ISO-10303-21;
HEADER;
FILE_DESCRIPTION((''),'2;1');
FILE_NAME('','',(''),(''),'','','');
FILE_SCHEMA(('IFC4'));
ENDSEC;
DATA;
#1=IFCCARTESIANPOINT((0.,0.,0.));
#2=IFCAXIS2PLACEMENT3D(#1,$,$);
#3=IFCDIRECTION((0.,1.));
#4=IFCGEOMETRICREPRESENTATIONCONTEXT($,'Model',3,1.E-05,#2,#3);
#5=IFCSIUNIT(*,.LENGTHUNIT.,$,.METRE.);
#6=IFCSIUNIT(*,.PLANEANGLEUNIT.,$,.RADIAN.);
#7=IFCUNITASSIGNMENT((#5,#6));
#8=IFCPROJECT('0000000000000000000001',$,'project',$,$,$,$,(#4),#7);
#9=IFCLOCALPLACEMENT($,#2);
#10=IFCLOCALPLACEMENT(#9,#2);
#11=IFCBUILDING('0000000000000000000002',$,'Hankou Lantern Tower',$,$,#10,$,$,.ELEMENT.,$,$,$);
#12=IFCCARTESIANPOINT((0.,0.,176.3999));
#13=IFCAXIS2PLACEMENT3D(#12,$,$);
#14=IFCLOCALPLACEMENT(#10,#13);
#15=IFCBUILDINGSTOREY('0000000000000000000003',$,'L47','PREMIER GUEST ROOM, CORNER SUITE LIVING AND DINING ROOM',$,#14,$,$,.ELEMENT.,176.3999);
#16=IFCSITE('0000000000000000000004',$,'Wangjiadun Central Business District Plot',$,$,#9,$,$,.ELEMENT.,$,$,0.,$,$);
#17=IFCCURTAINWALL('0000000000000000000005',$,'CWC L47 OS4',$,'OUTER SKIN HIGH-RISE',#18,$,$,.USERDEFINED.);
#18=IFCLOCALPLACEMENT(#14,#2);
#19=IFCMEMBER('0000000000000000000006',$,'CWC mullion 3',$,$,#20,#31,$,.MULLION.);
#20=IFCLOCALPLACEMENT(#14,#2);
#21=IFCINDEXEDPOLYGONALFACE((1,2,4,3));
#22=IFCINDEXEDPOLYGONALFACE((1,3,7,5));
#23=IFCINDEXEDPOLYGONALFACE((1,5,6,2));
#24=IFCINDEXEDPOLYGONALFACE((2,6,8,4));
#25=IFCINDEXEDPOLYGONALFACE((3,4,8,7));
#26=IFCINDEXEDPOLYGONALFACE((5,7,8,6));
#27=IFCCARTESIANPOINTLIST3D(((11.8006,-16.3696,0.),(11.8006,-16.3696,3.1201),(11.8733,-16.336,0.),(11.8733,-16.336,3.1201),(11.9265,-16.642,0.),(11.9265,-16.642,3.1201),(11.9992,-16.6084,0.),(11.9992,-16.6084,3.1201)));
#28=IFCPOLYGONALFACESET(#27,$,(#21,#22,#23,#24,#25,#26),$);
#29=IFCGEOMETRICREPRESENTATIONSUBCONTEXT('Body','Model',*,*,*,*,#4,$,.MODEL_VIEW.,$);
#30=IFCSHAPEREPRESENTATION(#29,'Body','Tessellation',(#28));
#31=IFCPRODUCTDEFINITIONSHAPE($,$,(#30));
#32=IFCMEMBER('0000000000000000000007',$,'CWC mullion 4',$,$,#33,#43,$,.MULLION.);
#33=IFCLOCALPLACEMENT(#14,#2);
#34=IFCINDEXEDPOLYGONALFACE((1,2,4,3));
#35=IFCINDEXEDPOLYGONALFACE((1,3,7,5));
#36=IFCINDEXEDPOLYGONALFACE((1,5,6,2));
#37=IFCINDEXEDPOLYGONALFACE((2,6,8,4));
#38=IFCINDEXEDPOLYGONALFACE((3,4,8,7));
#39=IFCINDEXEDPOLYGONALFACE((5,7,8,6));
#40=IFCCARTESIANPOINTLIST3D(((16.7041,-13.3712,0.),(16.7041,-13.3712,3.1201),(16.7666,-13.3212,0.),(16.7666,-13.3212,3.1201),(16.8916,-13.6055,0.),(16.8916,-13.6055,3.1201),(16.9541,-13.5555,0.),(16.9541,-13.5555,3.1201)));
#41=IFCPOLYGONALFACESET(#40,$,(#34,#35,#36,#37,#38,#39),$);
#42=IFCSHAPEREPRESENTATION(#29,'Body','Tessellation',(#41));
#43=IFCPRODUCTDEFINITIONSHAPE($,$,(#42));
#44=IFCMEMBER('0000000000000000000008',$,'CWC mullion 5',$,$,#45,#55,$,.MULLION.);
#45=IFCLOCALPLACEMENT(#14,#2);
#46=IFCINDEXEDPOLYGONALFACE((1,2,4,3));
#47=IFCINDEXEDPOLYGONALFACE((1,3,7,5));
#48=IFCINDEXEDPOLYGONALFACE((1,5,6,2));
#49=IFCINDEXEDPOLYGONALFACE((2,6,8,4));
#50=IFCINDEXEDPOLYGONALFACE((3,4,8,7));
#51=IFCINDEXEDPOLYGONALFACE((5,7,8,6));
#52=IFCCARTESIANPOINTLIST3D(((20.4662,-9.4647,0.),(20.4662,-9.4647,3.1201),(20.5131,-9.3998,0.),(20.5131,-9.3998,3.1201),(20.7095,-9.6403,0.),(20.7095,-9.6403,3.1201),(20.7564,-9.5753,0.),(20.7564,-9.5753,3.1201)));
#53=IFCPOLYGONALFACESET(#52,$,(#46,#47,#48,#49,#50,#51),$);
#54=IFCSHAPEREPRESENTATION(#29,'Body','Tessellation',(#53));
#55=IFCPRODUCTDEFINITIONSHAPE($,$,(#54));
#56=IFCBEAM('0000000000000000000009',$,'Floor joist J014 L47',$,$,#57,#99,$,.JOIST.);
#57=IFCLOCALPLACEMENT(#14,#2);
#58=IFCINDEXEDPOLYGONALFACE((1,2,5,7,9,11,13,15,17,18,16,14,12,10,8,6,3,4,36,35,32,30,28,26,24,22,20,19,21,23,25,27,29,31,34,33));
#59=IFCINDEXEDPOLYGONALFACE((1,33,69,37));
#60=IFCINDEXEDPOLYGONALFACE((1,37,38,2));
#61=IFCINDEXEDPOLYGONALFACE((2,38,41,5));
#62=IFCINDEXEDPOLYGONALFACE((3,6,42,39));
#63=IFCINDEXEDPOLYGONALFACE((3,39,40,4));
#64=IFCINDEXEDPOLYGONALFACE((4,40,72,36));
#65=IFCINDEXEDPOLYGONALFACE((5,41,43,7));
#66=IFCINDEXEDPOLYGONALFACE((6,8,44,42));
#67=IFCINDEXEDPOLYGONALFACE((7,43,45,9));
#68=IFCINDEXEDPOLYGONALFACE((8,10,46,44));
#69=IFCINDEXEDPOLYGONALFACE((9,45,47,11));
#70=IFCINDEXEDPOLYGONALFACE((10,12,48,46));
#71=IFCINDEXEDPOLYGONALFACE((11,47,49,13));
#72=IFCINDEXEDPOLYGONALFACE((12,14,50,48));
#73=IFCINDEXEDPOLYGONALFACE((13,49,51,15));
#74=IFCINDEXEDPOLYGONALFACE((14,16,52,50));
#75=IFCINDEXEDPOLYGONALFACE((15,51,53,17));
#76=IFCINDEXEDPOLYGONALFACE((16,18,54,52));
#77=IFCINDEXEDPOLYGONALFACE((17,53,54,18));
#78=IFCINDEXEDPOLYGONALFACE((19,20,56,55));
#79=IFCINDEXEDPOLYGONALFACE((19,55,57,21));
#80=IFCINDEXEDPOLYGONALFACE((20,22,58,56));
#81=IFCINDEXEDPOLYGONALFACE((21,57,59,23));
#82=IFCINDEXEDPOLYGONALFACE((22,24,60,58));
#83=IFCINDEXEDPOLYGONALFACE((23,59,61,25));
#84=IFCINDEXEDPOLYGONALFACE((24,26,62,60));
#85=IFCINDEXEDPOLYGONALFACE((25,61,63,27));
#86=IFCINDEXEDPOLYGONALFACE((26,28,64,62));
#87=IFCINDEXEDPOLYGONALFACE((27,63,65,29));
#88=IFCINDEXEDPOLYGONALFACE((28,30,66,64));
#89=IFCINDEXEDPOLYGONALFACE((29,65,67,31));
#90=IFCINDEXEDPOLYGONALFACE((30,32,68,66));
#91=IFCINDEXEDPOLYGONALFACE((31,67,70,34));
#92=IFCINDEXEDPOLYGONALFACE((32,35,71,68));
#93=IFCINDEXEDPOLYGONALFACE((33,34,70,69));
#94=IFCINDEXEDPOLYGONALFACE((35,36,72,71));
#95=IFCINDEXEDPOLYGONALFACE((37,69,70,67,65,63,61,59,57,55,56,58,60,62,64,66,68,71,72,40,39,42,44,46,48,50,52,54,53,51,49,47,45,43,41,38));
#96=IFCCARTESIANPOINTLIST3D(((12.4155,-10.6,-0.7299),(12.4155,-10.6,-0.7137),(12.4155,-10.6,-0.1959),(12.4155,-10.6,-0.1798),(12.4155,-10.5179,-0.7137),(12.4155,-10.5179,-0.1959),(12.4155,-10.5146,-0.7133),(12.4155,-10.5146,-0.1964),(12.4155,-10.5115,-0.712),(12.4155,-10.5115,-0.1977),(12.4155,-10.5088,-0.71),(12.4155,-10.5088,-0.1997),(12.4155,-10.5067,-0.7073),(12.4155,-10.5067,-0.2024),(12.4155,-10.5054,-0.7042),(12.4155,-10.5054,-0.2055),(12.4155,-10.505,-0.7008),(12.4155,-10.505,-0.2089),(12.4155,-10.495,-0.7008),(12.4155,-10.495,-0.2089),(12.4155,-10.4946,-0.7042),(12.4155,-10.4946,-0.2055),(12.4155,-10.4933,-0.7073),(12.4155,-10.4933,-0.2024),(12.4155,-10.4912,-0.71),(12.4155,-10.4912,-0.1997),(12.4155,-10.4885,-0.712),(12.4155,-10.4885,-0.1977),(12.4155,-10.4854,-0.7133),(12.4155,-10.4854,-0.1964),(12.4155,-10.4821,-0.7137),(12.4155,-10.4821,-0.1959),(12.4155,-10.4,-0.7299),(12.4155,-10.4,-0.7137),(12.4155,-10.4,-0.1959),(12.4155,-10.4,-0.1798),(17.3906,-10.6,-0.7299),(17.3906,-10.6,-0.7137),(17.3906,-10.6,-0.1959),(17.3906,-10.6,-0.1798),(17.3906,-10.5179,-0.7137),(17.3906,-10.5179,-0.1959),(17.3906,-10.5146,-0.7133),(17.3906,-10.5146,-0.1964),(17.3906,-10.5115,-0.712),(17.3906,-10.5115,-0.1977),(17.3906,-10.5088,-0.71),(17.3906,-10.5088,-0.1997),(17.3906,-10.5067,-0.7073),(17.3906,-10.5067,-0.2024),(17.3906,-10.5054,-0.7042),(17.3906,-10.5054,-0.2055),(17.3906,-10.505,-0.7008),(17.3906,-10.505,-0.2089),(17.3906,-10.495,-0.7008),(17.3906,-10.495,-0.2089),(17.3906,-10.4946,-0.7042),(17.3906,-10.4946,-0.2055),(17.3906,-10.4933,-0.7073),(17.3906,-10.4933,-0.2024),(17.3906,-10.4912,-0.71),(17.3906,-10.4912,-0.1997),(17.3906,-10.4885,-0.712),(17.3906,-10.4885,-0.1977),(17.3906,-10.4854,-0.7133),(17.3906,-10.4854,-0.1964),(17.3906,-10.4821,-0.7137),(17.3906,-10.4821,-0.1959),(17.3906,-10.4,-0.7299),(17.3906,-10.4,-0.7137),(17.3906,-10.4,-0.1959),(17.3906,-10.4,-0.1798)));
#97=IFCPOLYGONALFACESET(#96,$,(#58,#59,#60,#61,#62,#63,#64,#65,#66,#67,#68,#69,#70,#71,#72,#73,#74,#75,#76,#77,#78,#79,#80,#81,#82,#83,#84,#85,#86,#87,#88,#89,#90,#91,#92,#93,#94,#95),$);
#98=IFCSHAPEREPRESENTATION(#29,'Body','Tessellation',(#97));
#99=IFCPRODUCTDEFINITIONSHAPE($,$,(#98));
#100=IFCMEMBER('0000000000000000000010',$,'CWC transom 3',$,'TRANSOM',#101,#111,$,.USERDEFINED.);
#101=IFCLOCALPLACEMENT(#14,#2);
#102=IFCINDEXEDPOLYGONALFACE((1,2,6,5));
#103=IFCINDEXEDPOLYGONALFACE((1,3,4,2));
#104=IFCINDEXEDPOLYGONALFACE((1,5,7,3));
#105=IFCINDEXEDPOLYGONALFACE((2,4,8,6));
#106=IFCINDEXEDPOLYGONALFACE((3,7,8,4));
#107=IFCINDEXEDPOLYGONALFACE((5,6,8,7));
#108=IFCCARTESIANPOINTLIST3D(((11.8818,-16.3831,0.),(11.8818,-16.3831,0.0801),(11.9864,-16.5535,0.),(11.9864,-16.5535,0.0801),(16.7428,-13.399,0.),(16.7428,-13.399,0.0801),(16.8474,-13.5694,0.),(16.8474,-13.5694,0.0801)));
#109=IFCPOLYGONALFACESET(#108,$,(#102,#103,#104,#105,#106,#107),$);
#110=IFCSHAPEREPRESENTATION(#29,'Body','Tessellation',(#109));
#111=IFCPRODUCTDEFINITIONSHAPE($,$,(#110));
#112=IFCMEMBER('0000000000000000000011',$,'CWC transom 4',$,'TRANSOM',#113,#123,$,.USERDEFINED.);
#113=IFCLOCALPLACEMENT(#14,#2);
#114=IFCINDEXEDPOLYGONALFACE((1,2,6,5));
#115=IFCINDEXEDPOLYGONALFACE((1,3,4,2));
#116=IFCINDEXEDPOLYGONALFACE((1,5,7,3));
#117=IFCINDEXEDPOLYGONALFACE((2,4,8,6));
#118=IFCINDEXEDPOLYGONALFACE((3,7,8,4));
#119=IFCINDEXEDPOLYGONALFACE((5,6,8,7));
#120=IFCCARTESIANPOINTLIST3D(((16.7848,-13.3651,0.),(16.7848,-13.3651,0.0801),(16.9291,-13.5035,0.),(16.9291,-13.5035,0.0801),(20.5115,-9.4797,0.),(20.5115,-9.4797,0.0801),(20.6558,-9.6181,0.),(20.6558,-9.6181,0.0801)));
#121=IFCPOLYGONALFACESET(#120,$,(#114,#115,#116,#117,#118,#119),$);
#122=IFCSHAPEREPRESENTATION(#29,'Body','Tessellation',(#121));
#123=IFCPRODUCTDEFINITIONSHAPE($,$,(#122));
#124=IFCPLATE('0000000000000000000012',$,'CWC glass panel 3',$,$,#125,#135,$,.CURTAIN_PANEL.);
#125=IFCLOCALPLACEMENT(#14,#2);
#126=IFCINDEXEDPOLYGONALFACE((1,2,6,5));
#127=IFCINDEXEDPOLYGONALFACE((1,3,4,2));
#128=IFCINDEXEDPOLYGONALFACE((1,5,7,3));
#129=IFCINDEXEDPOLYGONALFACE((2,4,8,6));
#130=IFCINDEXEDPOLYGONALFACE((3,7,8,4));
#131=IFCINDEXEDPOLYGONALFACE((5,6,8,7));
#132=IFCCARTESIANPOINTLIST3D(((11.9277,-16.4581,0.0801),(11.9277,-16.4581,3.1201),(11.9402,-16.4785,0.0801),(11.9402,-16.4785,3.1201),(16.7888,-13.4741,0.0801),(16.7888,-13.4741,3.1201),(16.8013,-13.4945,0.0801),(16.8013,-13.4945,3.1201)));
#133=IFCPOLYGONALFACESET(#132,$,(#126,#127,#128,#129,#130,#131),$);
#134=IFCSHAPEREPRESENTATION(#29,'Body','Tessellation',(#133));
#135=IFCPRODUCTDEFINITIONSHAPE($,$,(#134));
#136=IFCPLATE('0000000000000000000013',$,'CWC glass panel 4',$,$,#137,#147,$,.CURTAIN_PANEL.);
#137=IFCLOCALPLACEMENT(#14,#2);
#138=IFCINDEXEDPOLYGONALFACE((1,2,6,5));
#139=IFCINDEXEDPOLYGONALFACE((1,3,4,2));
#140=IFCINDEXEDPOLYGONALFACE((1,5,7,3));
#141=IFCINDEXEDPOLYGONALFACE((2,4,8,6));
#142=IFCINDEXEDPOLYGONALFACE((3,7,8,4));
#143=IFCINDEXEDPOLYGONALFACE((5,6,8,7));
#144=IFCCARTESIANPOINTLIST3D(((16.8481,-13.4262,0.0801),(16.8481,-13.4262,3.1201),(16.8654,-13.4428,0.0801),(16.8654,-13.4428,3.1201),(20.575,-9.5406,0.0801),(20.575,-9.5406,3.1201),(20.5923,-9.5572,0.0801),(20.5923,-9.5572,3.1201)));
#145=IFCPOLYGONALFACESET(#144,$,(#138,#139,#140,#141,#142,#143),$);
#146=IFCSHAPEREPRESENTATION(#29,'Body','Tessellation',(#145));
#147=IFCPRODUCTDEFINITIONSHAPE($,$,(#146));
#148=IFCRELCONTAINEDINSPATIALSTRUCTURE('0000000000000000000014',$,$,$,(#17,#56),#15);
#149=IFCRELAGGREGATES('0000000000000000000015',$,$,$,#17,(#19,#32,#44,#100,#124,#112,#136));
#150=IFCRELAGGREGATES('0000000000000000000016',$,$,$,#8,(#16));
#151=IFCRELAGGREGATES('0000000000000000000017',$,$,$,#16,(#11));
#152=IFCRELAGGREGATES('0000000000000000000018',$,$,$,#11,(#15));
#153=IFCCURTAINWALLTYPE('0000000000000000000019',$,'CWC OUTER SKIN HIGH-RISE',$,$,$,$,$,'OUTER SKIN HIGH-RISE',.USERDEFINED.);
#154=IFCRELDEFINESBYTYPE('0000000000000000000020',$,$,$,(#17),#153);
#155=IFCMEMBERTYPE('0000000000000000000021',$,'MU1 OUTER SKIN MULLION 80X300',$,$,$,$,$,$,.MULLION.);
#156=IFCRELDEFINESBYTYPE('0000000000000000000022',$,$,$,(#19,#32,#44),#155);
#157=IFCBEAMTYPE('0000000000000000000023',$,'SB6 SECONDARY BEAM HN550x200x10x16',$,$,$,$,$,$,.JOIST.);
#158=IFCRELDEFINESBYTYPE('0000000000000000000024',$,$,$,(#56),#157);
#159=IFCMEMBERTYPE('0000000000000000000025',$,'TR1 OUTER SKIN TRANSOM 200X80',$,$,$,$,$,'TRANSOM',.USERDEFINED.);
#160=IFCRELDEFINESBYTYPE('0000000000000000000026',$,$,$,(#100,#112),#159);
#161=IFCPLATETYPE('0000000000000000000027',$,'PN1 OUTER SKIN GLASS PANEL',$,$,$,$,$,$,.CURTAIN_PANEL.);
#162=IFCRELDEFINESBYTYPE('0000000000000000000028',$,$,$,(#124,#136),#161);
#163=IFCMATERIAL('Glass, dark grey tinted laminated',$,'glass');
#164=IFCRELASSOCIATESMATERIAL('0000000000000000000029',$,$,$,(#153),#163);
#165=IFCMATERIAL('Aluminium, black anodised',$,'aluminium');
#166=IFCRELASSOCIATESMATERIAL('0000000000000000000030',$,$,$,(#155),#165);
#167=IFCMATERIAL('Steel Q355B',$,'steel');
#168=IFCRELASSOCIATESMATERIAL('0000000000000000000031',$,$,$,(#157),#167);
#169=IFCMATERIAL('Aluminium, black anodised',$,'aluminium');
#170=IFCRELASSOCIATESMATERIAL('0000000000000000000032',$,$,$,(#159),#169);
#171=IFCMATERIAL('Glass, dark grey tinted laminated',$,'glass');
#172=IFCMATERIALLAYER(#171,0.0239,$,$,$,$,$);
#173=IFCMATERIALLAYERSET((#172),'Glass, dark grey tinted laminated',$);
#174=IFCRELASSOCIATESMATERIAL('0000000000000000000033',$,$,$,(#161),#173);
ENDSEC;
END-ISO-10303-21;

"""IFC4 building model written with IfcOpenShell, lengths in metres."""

from ifc_helpers import new_model, si_unit, direction, frame, origin, origin_2d, place, context, subcontext, project, spatial, rectangle, i_section, extrude, material, layer, layer_set, material_profile, profile_set, type_object, element, aggregate, save


model = new_model("IFC4")

# Units and contexts
model_context = context("Model", 3, precision=1e-05, world=origin(), true_north=direction((0.0, 1.0)))
body_context = subcontext(model_context, "Body", "Model", "MODEL_VIEW")
ifc_project = project(units=[si_unit("LENGTHUNIT", "METRE"), si_unit("PLANEANGLEUNIT", "RADIAN")], contexts=[model_context])

# Site, building, storey
site_placement = place(None, origin())
site = spatial("IfcSite", under=ifc_project, at=site_placement, Name="Wangjiadun Central Business District Plot", CompositionType="ELEMENT", RefElevation=0.0)
building_placement = place(site_placement, origin())
building = spatial("IfcBuilding", under=site, at=building_placement, Name="Hankou Lantern Tower", CompositionType="ELEMENT")
storey_placement = place(building_placement, frame((0.0, 0.0, 176.3999)))
storey = spatial("IfcBuildingStorey", under=building, at=storey_placement, Name="L47", Description="PREMIER GUEST ROOM, CORNER SUITE LIVING AND DINING ROOM", CompositionType="ELEMENT", Elevation=176.3999)

# Curtain wall, members
ifc_material_1 = material(Name="Glass, dark grey tinted laminated", Category="glass")
curtain_wall_type = type_object("IfcCurtainWallType", Name="CWC OUTER SKIN HIGH-RISE", ElementType="OUTER SKIN HIGH-RISE", PredefinedType="USERDEFINED", material=ifc_material_1)
curtain_wall_placement = place(storey_placement, origin())
curtain_wall = element("IfcCurtainWall", 1, at=curtain_wall_placement, inside=storey, type_object=curtain_wall_type, Name="CWC L47 OS4", ObjectType="OUTER SKIN HIGH-RISE", PredefinedType="USERDEFINED")
ifc_material_2 = material(Name="Aluminium, black anodised", Category="aluminium")
ifc_material_profile_1 = material_profile(ifc_material_2, rectangle(XDim=0.0801, YDim=0.3, at=origin_2d()), Name="MU1 80X300")
ifc_profile_set_1 = profile_set([ifc_material_profile_1], Name="Aluminium, black anodised")
member_type_1 = type_object("IfcMemberType", Name="MU1 OUTER SKIN MULLION 80X300", PredefinedType="MULLION", material=ifc_profile_set_1)
member_1_placement = place(storey_placement, frame((11.8999, -16.489, 0.0), z_axis=(0.0, 0.0, 1.0), x_axis=(0.907841, 0.419314, 0.0)))
member_1 = element("IfcMember", 2, at=member_1_placement, type_object=member_type_1, Name="CWC mullion 3", PredefinedType="MULLION", context=body_context, shape_type="SweptSolid", body=[
    extrude(rectangle(XDim=0.0801, YDim=0.3, at=origin_2d()), origin(), (0.0, 0.0, 1.0), 3.1201),
])
member_2_placement = place(storey_placement, frame((16.8291, -13.4634, 0.0), z_axis=(0.0, 0.0, 1.0), x_axis=(0.780869, 0.624695, 0.0)))
member_2 = element("IfcMember", 3, at=member_2_placement, type_object=member_type_1, Name="CWC mullion 4", PredefinedType="MULLION", context=body_context, shape_type="SweptSolid", body=[
    extrude(rectangle(XDim=0.0801, YDim=0.3, at=origin_2d()), origin(), (0.0, 0.0, 1.0), 3.1201),
])
member_3_placement = place(storey_placement, frame((20.6113, -9.52, 0.0), z_axis=(0.0, 0.0, 1.0), x_axis=(0.585206, 0.810885, 0.0)))
member_3 = element("IfcMember", 4, at=member_3_placement, type_object=member_type_1, Name="CWC mullion 5", PredefinedType="MULLION", context=body_context, shape_type="SweptSolid", body=[
    extrude(rectangle(XDim=0.0801, YDim=0.3, at=origin_2d()), origin(), (0.0, 0.0, 1.0), 3.1201),
])

# Beam
ifc_material_3 = material(Name="Steel Q355B", Category="steel")
ifc_material_profile_2 = material_profile(ifc_material_3, i_section(OverallWidth=0.2, OverallDepth=0.55, WebThickness=0.01, FlangeThickness=0.0161, FilletRadius=0.0129, at=origin_2d()), Name="HN550x200x10x16")
ifc_profile_set_2 = profile_set([ifc_material_profile_2], Name="Steel Q355B")
beam_type_1 = type_object("IfcBeamType", Name="SB6 SECONDARY BEAM HN550x200x10x16", PredefinedType="JOIST", material=ifc_profile_set_2)
beam_1_placement = place(storey_placement, frame((12.4155, -10.5, -0.4548), z_axis=(1.0, 0.0, 0.0), x_axis=(0.0, 1.0, 0.0)))
element("IfcBeam", 5, at=beam_1_placement, inside=storey, type_object=beam_type_1, Name="Floor joist J014 L47", PredefinedType="JOIST", context=body_context, shape_type="SweptSolid", body=[
    extrude(i_section(OverallWidth=0.2, OverallDepth=0.55, WebThickness=0.01, FlangeThickness=0.0161, FilletRadius=0.0129, at=origin_2d()), origin(), (0.0, 0.0, 1.0), 4.9751),
])

# Members
ifc_material_4 = material(Name="Aluminium, black anodised", Category="aluminium")
ifc_material_profile_3 = material_profile(ifc_material_4, rectangle(XDim=0.2, YDim=0.0801, at=origin_2d()), Name="TR1 200X80")
ifc_profile_set_3 = profile_set([ifc_material_profile_3], Name="Aluminium, black anodised")
member_type_2 = type_object("IfcMemberType", Name="TR1 OUTER SKIN TRANSOM 200X80", ElementType="TRANSOM", PredefinedType="USERDEFINED", material=ifc_profile_set_3)
member_4_placement = place(storey_placement, frame((11.9341, -16.4683, 0.04), z_axis=(0.852229, 0.523168, 0.0), x_axis=(-0.523168, 0.852229, 0.0)))
member_4 = element("IfcMember", 6, at=member_4_placement, type_object=member_type_2, Name="CWC transom 3", ObjectType="TRANSOM", PredefinedType="USERDEFINED", context=body_context, shape_type="SweptSolid", body=[
    extrude(rectangle(XDim=0.2, YDim=0.0801, at=origin_2d()), origin(), (0.0, 0.0, 1.0), 5.7039),
])
member_5_placement = place(storey_placement, frame((16.8569, -13.4343, 0.04), z_axis=(0.692216, 0.721691, 0.0), x_axis=(-0.721691, 0.692216, 0.0)))
member_5 = element("IfcMember", 7, at=member_5_placement, type_object=member_type_2, Name="CWC transom 4", ObjectType="TRANSOM", PredefinedType="USERDEFINED", context=body_context, shape_type="SweptSolid", body=[
    extrude(rectangle(XDim=0.2, YDim=0.0801, at=origin_2d()), origin(), (0.0, 0.0, 1.0), 5.3838),
])

# Plates
ifc_material_5 = material(Name="Glass, dark grey tinted laminated", Category="glass")
ifc_layer_1 = layer(ifc_material_5, 0.0239)
ifc_layer_set_1 = layer_set([ifc_layer_1], Name="Glass, dark grey tinted laminated")
plate_type = type_object("IfcPlateType", Name="PN1 OUTER SKIN GLASS PANEL", PredefinedType="CURTAIN_PANEL", material=ifc_layer_set_1)
plate_1_placement = place(storey_placement, frame((14.3645, -14.9763, 0.0801), z_axis=(0.0, 0.0, 1.0), x_axis=(0.852237, 0.523156, 0.0)))
plate_1 = element("IfcPlate", 8, at=plate_1_placement, type_object=plate_type, Name="CWC glass panel 3", PredefinedType="CURTAIN_PANEL", context=body_context, shape_type="SweptSolid", body=[
    extrude(rectangle(XDim=5.7039, YDim=0.0239, at=origin_2d()), origin(), (0.0, 0.0, 1.0), 3.04),
])
plate_2_placement = place(storey_placement, frame((18.7202, -11.4917, 0.0801), z_axis=(0.0, 0.0, 1.0), x_axis=(0.692216, 0.721691, 0.0)))
plate_2 = element("IfcPlate", 9, at=plate_2_placement, type_object=plate_type, Name="CWC glass panel 4", PredefinedType="CURTAIN_PANEL", context=body_context, shape_type="SweptSolid", body=[
    extrude(rectangle(XDim=5.384, YDim=0.0239, at=origin_2d()), origin(), (0.0, 0.0, 1.0), 3.04),
])
aggregate(curtain_wall, [member_1, member_2, member_3, member_4, plate_1, member_5, plate_2])

save(model, "model.ifc")
